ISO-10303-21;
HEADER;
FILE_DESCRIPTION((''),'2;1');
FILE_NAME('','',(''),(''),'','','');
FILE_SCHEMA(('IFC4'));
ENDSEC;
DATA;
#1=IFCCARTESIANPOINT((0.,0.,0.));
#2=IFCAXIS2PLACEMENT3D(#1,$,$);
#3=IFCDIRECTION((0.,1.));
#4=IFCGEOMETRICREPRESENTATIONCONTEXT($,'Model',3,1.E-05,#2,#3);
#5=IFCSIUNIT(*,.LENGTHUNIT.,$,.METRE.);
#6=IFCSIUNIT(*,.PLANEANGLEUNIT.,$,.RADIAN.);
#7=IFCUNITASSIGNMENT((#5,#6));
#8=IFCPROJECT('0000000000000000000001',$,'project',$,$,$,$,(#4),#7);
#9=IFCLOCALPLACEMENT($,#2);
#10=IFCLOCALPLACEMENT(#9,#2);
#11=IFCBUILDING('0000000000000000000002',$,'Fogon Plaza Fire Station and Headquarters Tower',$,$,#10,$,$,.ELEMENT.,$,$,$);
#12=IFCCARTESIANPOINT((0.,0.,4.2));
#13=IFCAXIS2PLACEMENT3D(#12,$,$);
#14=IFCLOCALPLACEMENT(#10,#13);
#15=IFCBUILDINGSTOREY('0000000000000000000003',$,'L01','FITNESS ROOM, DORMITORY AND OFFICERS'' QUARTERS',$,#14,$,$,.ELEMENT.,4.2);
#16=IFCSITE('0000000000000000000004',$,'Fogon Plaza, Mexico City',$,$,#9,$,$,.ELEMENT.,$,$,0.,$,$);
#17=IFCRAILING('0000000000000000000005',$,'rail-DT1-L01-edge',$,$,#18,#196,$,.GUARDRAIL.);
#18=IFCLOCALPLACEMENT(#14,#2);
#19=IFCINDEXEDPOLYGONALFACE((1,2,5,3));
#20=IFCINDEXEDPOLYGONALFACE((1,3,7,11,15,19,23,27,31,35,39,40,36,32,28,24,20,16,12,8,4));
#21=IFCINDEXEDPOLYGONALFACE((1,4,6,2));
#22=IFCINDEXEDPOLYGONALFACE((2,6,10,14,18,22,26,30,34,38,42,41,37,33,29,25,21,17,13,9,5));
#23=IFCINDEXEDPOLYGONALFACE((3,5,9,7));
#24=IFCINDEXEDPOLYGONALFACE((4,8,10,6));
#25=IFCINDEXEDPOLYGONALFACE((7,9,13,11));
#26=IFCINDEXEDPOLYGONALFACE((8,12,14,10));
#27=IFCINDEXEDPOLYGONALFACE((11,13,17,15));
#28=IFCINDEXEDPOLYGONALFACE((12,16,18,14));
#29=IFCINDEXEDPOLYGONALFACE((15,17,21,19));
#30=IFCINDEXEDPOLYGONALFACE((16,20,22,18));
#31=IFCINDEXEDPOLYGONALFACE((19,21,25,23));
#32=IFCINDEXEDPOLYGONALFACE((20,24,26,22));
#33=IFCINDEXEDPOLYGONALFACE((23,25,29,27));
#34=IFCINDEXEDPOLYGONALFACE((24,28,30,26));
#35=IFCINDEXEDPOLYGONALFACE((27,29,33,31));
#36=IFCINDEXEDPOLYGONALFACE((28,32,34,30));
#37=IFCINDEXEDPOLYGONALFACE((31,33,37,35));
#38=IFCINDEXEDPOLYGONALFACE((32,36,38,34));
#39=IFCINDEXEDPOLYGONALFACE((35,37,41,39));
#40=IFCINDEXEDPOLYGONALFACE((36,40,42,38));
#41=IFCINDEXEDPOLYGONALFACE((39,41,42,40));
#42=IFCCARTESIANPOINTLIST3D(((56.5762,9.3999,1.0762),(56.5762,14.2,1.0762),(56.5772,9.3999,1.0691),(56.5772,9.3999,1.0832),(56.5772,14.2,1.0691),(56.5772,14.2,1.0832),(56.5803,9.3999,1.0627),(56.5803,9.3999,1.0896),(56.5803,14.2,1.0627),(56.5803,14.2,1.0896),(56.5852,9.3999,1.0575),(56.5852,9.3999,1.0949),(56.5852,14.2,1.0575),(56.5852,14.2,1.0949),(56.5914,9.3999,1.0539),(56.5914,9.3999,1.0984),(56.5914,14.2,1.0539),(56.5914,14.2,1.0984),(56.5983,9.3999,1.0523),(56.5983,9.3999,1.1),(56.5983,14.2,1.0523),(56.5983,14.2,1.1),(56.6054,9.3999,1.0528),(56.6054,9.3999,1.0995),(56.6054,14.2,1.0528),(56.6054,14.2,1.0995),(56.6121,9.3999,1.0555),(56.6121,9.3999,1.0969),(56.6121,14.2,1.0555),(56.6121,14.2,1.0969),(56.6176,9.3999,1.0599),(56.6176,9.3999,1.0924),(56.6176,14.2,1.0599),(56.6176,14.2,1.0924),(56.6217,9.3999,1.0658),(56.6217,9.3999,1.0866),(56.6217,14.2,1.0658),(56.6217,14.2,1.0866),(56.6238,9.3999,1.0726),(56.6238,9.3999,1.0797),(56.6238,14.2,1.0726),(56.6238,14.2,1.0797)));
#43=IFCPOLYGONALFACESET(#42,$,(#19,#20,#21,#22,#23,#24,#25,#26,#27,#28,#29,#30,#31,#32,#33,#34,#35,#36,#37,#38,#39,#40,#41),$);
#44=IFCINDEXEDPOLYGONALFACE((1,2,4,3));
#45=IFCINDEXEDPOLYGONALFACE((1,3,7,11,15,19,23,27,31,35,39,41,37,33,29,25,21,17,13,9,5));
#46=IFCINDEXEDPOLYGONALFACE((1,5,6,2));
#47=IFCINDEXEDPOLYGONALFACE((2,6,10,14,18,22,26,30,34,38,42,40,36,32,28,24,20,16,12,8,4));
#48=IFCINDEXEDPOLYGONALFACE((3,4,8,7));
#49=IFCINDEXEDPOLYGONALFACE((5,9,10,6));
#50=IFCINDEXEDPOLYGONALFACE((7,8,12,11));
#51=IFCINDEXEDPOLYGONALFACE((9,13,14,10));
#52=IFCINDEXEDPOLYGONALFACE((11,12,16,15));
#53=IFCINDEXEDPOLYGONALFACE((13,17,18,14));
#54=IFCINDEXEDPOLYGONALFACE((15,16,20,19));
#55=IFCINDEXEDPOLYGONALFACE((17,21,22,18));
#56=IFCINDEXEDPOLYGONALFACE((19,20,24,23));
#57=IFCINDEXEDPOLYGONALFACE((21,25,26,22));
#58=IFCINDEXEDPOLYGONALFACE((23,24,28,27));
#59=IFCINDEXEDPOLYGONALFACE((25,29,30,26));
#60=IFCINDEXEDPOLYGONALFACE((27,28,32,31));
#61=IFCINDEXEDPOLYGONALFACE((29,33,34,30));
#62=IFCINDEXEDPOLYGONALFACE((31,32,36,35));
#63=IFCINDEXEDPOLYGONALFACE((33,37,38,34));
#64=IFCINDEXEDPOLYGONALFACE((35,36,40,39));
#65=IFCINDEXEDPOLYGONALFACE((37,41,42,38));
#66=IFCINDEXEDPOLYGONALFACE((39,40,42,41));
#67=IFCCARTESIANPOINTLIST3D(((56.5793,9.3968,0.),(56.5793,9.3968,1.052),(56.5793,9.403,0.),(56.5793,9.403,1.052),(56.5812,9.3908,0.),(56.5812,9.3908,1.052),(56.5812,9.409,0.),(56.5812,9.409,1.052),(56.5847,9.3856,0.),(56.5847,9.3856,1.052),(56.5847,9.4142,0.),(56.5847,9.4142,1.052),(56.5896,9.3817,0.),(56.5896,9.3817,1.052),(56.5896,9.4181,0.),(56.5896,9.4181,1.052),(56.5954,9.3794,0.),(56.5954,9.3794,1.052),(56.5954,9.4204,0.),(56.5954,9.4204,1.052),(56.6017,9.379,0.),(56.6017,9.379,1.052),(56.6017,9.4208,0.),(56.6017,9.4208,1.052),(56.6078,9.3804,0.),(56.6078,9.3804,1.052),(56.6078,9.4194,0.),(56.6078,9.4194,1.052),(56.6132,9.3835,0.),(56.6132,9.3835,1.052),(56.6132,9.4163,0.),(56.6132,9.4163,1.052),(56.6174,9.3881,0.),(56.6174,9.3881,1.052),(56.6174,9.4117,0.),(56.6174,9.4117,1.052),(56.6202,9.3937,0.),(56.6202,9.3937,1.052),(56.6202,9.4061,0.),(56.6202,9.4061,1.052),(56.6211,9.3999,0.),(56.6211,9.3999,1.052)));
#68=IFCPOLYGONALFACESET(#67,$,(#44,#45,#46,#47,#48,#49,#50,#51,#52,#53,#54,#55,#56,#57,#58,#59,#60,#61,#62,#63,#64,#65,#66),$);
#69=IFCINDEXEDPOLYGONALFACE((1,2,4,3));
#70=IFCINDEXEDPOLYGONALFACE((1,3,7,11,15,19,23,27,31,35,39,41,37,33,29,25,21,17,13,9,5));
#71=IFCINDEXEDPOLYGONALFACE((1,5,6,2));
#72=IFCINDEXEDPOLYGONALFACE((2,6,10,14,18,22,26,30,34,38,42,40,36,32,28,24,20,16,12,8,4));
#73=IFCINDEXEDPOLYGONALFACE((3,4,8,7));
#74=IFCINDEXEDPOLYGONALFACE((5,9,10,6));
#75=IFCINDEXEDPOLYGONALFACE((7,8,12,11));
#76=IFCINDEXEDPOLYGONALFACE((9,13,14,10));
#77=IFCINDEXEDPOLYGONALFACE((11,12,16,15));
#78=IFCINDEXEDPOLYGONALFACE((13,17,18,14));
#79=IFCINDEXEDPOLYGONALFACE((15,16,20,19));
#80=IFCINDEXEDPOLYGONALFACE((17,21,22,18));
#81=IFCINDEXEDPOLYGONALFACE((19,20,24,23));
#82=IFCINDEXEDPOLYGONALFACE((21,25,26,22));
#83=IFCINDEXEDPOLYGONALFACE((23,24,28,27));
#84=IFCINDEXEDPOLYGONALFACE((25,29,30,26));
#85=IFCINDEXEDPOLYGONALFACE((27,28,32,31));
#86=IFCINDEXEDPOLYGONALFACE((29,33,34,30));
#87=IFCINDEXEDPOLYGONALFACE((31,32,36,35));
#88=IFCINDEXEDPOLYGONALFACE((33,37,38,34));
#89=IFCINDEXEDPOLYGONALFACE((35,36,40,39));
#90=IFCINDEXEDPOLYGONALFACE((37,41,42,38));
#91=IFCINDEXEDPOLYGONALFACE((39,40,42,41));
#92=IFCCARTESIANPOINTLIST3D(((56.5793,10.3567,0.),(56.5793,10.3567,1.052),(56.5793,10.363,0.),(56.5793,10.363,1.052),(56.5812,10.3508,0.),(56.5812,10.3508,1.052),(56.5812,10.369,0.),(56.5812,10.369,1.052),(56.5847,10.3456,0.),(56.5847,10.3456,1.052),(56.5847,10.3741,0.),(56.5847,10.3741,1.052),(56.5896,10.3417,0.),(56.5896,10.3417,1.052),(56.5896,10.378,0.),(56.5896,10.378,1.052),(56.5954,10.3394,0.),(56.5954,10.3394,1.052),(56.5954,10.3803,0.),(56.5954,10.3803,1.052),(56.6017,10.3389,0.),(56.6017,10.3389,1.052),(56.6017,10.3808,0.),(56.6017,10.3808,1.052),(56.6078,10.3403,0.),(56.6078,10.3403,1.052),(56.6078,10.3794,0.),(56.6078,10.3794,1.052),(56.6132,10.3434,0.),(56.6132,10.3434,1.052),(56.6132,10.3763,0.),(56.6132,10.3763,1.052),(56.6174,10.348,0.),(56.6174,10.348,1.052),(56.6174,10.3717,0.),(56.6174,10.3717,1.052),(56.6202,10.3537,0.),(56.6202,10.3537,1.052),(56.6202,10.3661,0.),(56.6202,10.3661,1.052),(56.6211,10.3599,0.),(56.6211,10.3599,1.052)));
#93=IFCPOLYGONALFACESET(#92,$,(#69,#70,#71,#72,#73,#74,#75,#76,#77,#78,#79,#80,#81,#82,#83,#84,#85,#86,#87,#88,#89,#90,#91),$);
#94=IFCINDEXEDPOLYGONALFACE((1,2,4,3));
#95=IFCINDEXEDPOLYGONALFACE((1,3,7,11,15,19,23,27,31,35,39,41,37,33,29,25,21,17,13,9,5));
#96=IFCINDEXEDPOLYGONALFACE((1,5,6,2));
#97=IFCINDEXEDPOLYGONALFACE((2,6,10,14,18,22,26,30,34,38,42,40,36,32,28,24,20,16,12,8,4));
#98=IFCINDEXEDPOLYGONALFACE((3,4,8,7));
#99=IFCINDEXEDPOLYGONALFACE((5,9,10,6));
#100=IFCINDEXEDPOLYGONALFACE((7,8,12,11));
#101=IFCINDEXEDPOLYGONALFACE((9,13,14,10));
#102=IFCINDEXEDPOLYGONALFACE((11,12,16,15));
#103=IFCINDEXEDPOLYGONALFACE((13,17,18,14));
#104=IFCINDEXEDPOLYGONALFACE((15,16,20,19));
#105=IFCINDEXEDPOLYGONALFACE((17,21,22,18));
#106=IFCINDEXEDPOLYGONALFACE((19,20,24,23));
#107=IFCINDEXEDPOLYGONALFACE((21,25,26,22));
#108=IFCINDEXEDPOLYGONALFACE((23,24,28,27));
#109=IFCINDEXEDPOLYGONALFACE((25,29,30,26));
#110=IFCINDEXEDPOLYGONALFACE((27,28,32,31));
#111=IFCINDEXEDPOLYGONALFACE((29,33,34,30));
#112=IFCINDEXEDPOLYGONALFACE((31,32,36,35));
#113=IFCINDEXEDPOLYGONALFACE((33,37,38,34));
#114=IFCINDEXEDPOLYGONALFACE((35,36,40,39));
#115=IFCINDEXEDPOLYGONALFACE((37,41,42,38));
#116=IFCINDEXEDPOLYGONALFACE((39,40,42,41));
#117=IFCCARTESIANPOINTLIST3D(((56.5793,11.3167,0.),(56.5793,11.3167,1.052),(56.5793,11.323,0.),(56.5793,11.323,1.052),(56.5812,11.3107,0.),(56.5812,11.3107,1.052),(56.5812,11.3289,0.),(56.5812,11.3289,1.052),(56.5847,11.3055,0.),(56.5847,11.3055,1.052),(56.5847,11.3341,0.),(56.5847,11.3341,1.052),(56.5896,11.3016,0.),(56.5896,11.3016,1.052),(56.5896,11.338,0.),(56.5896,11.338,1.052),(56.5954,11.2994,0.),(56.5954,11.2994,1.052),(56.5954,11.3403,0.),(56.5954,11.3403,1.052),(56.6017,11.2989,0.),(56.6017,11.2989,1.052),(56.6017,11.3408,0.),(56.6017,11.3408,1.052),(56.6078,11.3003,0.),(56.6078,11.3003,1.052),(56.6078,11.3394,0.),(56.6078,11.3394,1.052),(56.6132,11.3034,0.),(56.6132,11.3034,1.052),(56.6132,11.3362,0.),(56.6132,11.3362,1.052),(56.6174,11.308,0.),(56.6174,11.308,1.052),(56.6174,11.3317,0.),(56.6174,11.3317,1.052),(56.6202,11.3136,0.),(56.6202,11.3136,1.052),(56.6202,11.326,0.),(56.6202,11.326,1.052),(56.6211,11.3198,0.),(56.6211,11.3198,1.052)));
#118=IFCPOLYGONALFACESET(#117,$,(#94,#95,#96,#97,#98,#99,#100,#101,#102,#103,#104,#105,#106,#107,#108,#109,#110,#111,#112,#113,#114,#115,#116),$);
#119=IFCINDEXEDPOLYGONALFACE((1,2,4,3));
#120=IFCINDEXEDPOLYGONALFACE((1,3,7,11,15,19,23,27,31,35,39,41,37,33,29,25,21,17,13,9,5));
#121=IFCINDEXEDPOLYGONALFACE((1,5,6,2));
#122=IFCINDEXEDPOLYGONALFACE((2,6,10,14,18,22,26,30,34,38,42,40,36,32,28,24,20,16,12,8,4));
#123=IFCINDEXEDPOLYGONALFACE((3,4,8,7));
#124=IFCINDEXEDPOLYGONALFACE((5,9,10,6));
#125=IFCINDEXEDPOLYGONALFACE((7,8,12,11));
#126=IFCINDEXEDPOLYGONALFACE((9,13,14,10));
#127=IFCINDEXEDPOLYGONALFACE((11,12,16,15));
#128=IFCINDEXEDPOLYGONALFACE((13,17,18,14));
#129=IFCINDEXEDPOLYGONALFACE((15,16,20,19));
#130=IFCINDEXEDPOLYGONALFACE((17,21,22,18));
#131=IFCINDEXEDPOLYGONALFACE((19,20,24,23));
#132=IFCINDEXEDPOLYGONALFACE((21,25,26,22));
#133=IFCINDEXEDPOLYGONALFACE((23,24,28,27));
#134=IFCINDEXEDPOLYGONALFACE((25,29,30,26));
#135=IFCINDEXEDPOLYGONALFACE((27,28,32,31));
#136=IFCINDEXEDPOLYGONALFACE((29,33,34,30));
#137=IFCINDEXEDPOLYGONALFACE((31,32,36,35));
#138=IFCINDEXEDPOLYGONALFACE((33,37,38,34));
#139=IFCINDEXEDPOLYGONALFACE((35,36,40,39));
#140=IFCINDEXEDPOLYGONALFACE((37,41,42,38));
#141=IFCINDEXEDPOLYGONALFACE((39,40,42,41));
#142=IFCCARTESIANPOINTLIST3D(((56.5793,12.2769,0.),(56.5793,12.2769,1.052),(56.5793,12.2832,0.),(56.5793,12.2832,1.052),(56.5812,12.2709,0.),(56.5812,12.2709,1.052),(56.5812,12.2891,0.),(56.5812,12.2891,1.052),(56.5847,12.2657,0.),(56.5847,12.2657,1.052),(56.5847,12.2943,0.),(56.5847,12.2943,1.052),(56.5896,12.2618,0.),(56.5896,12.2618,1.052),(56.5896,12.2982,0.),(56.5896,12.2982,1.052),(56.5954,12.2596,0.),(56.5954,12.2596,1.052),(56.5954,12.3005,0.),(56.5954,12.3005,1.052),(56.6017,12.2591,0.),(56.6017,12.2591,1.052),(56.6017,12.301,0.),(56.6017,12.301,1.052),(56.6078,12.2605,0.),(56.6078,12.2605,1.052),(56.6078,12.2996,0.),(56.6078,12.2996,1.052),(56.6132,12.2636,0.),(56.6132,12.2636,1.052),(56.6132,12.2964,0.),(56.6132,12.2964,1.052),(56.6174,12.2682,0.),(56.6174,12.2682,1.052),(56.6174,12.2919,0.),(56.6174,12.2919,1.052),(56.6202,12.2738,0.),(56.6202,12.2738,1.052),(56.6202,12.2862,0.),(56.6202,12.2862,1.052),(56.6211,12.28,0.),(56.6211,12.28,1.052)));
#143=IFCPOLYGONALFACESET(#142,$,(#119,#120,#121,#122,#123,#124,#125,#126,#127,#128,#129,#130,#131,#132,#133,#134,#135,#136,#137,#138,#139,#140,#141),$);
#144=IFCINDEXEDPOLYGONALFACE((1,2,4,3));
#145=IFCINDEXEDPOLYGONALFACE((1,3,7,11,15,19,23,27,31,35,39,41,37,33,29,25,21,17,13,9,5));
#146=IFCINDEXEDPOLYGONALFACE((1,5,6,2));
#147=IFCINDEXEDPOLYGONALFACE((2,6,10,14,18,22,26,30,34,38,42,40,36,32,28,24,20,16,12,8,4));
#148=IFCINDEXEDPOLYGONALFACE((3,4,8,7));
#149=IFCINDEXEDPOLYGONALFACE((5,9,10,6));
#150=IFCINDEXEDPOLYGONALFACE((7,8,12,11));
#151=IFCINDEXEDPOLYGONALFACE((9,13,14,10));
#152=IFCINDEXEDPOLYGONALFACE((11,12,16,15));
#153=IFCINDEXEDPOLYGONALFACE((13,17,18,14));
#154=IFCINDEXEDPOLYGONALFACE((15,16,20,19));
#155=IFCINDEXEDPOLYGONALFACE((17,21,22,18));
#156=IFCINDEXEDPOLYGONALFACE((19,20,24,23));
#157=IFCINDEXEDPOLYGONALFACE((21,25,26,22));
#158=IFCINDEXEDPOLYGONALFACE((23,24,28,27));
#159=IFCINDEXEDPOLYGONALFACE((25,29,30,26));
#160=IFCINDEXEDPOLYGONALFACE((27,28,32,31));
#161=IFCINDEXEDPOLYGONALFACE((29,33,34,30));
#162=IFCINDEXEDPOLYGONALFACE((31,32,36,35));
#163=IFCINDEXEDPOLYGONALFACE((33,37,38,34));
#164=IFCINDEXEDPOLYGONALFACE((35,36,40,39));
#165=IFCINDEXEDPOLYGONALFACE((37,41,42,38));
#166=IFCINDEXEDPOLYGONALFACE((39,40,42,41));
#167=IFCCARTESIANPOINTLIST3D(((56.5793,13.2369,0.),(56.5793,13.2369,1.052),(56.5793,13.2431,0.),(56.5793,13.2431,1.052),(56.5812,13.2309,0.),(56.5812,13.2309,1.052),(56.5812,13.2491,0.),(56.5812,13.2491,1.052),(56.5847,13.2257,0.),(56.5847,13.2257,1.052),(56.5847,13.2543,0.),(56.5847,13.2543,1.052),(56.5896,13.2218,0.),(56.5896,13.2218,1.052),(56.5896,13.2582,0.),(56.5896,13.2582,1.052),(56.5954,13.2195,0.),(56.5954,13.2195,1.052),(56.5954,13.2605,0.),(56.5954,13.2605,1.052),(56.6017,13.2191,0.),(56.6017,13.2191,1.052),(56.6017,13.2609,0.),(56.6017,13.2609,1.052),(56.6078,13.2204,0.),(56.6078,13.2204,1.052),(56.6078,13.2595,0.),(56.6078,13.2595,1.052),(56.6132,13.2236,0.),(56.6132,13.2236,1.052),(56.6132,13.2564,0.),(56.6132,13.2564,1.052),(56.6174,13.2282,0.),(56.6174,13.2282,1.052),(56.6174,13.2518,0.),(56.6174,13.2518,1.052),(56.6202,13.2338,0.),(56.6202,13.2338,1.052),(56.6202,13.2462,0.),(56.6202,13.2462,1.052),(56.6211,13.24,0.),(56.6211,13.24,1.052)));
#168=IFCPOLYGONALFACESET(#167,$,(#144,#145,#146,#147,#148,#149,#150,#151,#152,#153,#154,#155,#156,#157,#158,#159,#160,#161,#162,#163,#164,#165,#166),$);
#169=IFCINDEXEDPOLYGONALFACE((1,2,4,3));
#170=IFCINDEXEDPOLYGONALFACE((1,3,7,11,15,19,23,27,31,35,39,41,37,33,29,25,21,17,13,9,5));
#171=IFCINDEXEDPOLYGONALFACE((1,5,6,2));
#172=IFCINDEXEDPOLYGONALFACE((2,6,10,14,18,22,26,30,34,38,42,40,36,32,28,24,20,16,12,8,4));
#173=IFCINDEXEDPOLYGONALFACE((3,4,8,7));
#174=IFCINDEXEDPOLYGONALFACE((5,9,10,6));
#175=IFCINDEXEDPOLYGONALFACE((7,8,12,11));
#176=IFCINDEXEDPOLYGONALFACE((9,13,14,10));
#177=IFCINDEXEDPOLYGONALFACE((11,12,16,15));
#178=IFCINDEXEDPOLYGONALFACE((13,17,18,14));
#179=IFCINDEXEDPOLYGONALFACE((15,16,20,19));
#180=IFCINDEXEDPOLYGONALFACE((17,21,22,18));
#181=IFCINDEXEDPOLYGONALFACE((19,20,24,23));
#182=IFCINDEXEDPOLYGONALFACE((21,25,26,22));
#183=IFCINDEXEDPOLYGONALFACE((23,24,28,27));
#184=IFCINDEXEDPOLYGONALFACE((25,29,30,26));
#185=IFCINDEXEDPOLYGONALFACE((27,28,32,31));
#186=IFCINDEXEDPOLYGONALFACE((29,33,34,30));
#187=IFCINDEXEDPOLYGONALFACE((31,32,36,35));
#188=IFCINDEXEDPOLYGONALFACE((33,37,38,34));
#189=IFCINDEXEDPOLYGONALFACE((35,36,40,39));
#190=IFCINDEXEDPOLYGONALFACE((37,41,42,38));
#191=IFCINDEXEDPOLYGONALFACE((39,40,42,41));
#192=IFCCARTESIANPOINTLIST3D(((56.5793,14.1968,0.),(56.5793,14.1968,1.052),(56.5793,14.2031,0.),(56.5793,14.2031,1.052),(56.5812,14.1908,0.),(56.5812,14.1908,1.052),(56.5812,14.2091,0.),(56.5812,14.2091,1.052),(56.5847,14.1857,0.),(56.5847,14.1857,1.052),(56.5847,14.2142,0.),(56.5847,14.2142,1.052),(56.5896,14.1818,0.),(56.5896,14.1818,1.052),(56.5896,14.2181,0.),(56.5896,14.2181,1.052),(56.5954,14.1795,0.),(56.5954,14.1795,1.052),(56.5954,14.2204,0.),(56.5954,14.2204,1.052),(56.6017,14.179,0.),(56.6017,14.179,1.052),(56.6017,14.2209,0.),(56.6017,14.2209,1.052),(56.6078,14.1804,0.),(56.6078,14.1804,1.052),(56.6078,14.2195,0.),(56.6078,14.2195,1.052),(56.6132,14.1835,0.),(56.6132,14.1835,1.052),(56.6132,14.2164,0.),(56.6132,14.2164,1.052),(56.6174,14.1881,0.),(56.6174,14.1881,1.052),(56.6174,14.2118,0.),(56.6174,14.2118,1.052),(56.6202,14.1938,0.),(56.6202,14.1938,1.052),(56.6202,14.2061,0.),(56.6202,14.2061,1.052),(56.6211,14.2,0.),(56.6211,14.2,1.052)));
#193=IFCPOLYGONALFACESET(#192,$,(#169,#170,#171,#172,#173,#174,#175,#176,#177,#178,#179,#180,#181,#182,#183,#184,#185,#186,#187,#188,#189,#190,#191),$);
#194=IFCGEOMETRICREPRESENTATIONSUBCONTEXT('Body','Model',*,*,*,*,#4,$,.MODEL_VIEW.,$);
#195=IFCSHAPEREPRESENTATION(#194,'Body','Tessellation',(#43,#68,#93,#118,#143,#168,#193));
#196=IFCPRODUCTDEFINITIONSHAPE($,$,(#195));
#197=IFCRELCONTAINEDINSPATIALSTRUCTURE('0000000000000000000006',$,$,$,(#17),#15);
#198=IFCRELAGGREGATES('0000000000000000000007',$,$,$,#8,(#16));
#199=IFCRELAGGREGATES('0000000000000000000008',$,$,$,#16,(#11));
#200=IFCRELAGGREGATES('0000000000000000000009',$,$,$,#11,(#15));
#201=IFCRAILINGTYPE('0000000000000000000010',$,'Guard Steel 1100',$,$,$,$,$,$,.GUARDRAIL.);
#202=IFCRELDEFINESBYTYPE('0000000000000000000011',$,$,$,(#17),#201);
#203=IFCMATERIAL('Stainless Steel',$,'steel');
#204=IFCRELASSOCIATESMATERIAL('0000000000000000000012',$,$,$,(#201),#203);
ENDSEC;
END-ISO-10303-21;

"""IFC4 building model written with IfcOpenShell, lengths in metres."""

from ifc_helpers import new_model, si_unit, direction, frame, origin, origin_2d, place, context, subcontext, project, spatial, circle, extrude, material, type_object, element, save


model = new_model("IFC4")

# Units and contexts
model_context = context("Model", 3, precision=1e-05, world=origin(), true_north=direction((0.0, 1.0)))
body_context = subcontext(model_context, "Body", "Model", "MODEL_VIEW")
ifc_project = project(units=[si_unit("LENGTHUNIT", "METRE"), si_unit("PLANEANGLEUNIT", "RADIAN")], contexts=[model_context])

# Site, building, storey
site_placement = place(None, origin())
site = spatial("IfcSite", under=ifc_project, at=site_placement, Name="Fogon Plaza, Mexico City", CompositionType="ELEMENT", RefElevation=0.0)
building_placement = place(site_placement, origin())
building = spatial("IfcBuilding", under=site, at=building_placement, Name="Fogon Plaza Fire Station and Headquarters Tower", CompositionType="ELEMENT")
storey_placement = place(building_placement, frame((0.0, 0.0, 4.2)))
storey = spatial("IfcBuildingStorey", under=building, at=storey_placement, Name="L01", Description="FITNESS ROOM, DORMITORY AND OFFICERS' QUARTERS", CompositionType="ELEMENT", Elevation=4.2)

# Railing
ifc_material_1 = material(Name="Stainless Steel", Category="steel")
railing_type_1 = type_object("IfcRailingType", Name="Guard Steel 1100", PredefinedType="GUARDRAIL", material=ifc_material_1)
railing_1_placement = place(storey_placement, frame((56.6001, 9.3999, 0.0)))
element("IfcRailing", 1, at=railing_1_placement, inside=storey, type_object=railing_type_1, Name="rail-DT1-L01-edge", PredefinedType="GUARDRAIL", context=body_context, shape_type="SweptSolid", body=[
    extrude(circle(Radius=0.0239, at=origin_2d()), frame((0.0, 0.0, 1.0762), z_axis=(0.0, 1.0, 0.0), x_axis=(-1.0, 0.0, 0.0)), (0.0, 0.0, 1.0), 4.8),
    extrude(circle(Radius=0.021, at=origin_2d()), origin(), (0.0, 0.0, 1.0), 1.052),
    extrude(circle(Radius=0.021, at=origin_2d()), frame((0.0, 0.96, 0.0)), (0.0, 0.0, 1.0), 1.052),
    extrude(circle(Radius=0.021, at=origin_2d()), frame((0.0, 1.9199, 0.0)), (0.0, 0.0, 1.0), 1.052),
    extrude(circle(Radius=0.021, at=origin_2d()), frame((0.0, 2.8801, 0.0)), (0.0, 0.0, 1.0), 1.052),
    extrude(circle(Radius=0.021, at=origin_2d()), frame((0.0, 3.8401, 0.0)), (0.0, 0.0, 1.0), 1.052),
    extrude(circle(Radius=0.021, at=origin_2d()), frame((0.0, 4.8, 0.0)), (0.0, 0.0, 1.0), 1.052),
])

save(model, "model.ifc")
